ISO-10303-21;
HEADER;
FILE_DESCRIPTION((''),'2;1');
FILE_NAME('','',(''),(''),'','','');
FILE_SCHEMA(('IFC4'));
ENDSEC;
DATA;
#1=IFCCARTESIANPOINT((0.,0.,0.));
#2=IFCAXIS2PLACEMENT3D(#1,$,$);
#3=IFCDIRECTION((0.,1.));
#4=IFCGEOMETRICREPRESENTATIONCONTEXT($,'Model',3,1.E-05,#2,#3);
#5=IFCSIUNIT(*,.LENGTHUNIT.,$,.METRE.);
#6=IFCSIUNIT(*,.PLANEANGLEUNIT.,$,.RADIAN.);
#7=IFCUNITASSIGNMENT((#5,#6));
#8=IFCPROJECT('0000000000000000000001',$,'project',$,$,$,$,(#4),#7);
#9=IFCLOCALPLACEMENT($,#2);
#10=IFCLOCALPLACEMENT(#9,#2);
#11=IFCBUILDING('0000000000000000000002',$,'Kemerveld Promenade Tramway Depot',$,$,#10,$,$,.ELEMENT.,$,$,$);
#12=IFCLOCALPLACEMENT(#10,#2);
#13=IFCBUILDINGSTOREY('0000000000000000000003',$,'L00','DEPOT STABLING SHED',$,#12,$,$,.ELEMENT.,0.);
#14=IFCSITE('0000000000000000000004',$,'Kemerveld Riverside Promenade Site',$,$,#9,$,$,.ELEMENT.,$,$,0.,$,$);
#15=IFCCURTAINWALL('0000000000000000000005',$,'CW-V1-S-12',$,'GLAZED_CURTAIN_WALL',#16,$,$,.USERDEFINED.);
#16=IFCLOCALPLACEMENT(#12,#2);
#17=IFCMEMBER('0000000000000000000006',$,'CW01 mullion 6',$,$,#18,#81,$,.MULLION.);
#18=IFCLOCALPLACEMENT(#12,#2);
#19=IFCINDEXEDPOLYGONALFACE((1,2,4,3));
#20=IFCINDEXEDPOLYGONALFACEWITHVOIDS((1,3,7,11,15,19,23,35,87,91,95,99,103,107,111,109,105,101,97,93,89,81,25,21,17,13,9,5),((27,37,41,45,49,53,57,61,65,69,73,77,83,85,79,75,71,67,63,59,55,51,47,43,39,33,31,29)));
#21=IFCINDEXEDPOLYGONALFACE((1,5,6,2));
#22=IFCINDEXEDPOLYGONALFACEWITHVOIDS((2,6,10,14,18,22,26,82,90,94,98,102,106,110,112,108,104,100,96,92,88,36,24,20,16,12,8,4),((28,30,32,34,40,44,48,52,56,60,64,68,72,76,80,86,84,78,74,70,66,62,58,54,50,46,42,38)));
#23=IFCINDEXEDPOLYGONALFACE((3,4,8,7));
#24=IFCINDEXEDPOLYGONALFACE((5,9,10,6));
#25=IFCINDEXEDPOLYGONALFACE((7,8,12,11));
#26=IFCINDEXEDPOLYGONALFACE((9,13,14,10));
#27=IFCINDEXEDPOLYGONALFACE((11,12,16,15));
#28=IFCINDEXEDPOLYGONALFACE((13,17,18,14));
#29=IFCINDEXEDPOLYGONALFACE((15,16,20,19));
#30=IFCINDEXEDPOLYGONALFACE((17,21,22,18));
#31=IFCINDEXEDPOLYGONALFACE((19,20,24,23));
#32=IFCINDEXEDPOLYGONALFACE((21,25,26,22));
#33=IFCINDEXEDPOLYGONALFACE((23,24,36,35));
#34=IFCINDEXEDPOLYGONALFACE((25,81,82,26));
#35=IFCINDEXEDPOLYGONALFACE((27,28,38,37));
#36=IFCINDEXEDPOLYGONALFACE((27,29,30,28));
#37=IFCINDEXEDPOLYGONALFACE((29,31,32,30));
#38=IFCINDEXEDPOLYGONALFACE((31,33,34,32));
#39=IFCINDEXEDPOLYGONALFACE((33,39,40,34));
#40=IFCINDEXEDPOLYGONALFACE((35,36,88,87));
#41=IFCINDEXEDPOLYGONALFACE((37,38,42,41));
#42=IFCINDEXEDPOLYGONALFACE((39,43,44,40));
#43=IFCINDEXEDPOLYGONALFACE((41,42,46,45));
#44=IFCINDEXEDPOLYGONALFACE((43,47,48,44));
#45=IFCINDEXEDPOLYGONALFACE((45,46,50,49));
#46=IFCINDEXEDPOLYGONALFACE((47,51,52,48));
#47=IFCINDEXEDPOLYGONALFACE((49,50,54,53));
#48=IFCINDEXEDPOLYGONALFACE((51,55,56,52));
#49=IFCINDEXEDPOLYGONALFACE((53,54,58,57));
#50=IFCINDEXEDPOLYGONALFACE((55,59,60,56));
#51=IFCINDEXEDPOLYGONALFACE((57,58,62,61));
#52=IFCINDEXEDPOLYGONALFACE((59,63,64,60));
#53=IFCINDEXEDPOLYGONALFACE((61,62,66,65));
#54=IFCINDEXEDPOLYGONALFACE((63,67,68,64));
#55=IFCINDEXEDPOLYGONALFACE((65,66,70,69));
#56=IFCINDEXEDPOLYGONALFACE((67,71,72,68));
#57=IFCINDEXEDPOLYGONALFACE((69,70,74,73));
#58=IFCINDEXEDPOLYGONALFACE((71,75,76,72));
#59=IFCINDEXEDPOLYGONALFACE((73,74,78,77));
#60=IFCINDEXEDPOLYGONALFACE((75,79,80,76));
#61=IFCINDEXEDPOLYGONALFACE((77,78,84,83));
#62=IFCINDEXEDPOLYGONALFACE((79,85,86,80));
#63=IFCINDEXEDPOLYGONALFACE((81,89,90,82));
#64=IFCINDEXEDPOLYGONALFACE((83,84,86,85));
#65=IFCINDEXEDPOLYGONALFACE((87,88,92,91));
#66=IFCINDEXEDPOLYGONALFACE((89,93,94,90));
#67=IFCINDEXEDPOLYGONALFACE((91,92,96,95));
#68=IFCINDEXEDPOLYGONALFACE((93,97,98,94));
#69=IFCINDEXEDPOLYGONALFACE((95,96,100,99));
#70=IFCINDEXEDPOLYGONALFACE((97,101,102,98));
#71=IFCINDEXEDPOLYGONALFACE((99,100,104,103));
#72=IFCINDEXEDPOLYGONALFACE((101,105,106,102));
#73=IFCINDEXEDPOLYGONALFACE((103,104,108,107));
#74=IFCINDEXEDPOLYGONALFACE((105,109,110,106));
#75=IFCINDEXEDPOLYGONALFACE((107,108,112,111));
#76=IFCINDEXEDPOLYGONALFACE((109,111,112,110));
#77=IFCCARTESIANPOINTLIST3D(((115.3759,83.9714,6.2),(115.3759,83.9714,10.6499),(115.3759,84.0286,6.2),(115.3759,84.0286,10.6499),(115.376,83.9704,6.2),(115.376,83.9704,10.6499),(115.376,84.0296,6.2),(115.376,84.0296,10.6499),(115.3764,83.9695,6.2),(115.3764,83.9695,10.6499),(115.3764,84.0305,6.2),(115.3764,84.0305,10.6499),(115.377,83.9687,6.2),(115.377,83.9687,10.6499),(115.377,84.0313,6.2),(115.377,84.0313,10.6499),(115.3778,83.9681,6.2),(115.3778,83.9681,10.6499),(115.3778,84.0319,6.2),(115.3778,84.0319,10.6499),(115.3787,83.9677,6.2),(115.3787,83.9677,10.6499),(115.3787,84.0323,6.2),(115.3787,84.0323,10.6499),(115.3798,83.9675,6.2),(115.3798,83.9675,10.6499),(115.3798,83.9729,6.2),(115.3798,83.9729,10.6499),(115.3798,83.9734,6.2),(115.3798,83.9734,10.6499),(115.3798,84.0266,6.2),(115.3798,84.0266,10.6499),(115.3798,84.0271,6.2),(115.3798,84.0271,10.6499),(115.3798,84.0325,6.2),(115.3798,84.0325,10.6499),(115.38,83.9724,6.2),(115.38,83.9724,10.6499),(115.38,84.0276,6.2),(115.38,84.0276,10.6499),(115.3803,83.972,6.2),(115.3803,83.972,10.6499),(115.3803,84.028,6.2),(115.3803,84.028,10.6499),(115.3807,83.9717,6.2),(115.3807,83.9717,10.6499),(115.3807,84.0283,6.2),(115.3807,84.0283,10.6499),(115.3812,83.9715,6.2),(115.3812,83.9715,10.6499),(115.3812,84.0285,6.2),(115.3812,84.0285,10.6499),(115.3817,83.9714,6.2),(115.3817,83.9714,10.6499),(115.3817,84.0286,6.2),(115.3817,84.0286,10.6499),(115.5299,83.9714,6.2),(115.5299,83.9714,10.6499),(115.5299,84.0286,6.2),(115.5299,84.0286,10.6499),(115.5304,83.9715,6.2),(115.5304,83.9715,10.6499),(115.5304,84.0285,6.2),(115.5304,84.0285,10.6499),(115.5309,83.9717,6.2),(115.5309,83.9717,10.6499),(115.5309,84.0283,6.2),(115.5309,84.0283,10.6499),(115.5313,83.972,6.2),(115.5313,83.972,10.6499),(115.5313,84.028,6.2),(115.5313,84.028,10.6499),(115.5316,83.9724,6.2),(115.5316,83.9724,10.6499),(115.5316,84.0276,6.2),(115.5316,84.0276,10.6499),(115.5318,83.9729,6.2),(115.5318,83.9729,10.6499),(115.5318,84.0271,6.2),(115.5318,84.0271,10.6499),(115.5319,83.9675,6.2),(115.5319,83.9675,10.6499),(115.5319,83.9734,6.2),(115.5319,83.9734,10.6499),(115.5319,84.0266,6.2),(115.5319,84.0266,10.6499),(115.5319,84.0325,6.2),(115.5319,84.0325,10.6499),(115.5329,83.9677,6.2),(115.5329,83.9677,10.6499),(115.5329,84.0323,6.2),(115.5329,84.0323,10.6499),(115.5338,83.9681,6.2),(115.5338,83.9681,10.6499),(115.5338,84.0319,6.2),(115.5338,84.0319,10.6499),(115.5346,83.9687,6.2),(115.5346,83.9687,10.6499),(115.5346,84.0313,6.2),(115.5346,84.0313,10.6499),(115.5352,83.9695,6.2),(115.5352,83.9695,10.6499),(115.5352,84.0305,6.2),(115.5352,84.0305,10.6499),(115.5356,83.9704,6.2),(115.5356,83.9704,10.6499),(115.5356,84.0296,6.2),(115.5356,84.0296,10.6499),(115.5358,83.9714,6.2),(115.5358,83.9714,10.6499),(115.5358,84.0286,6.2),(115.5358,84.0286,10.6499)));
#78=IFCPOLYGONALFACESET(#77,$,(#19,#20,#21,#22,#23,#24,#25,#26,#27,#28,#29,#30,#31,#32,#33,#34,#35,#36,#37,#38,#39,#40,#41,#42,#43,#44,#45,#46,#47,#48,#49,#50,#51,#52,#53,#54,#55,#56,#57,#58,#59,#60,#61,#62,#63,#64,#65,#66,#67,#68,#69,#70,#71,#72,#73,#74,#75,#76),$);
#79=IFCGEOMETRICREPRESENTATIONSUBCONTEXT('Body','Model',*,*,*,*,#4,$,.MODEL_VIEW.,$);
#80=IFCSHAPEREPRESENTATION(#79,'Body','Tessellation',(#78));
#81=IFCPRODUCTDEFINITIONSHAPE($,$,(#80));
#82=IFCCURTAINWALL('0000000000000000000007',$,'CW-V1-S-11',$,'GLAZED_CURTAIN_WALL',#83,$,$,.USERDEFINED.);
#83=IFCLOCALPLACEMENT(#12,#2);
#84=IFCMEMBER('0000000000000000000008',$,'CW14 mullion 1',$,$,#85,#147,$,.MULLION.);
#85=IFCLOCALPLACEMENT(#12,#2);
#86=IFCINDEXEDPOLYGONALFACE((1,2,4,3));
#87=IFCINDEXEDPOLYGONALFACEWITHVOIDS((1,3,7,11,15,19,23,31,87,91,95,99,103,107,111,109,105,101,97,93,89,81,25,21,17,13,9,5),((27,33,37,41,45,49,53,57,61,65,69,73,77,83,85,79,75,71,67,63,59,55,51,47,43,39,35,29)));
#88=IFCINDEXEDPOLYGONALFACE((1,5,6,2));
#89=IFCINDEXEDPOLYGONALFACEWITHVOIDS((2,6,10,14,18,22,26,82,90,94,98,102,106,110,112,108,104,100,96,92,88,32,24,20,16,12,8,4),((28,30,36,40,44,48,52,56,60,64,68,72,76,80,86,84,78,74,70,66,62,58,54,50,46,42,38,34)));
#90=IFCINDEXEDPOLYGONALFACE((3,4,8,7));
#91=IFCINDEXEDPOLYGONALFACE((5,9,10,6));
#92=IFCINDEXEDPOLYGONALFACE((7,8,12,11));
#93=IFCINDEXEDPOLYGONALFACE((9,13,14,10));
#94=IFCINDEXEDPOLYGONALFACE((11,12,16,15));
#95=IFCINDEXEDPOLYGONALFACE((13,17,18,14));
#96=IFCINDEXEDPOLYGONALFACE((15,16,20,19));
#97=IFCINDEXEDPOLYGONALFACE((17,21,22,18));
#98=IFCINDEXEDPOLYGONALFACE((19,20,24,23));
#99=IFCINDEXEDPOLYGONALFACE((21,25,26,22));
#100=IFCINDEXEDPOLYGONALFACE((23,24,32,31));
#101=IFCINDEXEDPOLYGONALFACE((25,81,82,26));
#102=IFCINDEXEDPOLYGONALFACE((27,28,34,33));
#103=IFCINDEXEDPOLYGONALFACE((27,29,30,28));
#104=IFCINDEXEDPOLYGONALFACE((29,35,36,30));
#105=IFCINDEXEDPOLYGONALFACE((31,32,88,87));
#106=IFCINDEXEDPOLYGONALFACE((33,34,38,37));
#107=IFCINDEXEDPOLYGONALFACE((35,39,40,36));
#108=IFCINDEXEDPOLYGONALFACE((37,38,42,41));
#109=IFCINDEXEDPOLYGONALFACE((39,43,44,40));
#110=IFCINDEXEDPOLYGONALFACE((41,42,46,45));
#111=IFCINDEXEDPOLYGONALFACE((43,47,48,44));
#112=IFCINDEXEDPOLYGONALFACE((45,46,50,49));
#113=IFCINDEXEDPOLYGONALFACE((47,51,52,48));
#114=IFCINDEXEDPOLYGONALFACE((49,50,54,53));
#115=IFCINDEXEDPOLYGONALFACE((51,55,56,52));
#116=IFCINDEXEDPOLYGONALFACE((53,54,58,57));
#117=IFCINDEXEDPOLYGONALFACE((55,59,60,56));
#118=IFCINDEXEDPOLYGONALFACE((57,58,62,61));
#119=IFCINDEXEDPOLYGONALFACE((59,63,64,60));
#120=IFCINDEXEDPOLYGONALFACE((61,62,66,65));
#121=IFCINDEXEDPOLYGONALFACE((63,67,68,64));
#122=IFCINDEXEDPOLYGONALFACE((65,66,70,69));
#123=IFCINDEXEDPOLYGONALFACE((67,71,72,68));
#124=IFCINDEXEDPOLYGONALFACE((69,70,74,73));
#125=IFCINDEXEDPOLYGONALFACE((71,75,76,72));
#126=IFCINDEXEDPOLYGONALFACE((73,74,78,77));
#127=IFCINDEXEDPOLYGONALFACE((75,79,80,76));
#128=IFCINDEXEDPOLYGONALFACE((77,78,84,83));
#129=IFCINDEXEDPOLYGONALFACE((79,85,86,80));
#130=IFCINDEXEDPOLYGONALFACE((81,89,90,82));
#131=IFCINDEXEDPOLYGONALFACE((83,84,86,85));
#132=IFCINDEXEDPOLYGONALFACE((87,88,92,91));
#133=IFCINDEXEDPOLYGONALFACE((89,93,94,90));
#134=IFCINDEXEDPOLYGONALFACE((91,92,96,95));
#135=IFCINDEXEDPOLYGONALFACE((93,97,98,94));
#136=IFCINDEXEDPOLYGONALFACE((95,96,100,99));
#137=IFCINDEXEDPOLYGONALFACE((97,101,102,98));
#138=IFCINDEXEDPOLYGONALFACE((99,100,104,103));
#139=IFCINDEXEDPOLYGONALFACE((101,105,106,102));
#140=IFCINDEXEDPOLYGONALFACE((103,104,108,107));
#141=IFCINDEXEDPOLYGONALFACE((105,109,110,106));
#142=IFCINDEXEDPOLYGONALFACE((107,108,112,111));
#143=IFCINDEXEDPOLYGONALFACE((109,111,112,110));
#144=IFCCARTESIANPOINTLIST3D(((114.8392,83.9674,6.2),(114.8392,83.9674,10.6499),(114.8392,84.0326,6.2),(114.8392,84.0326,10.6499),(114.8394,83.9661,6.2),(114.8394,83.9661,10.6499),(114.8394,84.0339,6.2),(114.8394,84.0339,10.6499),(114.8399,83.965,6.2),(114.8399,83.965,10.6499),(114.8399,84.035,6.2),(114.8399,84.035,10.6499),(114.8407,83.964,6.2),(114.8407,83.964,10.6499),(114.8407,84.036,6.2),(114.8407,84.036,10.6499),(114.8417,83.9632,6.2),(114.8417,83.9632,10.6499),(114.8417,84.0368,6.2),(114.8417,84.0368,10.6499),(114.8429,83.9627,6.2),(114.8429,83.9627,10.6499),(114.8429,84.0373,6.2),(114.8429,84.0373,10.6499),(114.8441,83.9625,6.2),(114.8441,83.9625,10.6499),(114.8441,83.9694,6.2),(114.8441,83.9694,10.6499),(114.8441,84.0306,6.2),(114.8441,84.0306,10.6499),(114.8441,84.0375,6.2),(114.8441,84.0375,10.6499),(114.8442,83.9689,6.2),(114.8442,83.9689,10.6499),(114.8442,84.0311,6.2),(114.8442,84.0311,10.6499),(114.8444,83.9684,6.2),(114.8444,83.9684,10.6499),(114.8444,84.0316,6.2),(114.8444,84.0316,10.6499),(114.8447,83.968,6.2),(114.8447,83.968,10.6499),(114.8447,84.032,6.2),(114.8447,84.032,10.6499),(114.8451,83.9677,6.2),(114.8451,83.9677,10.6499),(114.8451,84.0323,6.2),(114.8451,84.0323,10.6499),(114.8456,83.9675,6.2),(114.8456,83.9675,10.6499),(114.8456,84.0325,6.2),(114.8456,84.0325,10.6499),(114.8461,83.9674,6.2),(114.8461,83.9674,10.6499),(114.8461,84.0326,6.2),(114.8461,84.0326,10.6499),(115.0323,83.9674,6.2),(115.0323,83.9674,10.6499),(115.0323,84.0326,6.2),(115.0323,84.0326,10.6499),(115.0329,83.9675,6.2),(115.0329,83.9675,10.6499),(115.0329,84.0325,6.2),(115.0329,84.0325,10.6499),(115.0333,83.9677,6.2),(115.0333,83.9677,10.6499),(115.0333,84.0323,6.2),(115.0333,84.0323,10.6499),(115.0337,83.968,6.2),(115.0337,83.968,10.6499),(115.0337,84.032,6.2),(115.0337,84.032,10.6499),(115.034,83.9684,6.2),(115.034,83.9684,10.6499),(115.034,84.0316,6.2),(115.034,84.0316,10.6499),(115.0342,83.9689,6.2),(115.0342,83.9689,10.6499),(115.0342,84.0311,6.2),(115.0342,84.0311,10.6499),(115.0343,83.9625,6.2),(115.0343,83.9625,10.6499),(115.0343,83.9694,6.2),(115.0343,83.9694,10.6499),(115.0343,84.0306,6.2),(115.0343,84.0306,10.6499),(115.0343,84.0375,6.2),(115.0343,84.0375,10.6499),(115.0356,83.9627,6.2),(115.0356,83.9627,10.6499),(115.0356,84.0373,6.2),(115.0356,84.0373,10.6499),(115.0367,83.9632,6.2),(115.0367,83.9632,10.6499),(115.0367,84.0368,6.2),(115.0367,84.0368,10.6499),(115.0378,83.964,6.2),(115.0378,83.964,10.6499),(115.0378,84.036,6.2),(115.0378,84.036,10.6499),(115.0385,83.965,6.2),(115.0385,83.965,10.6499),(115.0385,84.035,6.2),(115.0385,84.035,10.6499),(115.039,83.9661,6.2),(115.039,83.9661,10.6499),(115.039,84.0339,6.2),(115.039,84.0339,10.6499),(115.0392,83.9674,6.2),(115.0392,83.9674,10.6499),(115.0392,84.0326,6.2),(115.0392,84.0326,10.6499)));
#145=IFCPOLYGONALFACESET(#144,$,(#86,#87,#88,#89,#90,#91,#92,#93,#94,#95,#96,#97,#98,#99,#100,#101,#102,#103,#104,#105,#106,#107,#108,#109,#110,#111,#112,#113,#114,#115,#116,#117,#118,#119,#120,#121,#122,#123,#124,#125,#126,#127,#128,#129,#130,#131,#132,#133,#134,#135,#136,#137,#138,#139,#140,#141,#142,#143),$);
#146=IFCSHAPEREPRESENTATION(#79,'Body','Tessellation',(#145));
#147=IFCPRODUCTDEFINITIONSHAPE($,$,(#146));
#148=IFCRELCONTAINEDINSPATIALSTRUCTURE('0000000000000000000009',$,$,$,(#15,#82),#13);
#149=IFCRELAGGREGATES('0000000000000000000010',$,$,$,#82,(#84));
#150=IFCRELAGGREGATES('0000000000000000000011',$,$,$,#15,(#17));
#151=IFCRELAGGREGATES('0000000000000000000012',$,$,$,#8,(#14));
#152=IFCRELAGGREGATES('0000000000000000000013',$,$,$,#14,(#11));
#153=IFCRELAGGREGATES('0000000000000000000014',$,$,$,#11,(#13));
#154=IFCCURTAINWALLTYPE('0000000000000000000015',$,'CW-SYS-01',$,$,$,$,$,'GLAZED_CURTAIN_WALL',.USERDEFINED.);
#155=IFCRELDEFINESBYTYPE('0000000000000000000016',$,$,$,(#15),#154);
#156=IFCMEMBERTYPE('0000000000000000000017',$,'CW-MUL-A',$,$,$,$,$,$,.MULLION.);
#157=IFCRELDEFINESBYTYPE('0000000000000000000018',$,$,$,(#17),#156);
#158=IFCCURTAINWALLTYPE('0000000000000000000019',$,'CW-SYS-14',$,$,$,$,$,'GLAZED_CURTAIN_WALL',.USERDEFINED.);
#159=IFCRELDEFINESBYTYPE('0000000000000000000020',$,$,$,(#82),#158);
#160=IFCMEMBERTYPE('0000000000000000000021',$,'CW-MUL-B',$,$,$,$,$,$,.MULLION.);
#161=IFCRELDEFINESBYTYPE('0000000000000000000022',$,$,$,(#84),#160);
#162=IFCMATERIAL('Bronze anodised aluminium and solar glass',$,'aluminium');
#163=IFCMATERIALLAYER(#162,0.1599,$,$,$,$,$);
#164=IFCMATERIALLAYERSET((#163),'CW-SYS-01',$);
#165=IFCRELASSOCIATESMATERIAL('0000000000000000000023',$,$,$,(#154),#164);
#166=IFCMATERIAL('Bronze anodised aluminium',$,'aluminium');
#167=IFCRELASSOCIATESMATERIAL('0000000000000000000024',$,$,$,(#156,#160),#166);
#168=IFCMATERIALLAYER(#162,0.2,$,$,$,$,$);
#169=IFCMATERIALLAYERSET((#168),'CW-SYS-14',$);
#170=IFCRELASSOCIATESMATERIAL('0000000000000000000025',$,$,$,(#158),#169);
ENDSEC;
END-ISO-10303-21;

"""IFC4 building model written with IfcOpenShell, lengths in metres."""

from ifc_helpers import new_model, si_unit, direction, frame, origin, origin_2d, place, context, subcontext, project, spatial, hollow_rectangle, extrude, material, layer, layer_set, material_profile, profile_set, type_object, element, aggregate, save


model = new_model("IFC4")

# Units and contexts
model_context = context("Model", 3, precision=1e-05, world=origin(), true_north=direction((0.0, 1.0)))
body_context = subcontext(model_context, "Body", "Model", "MODEL_VIEW")
ifc_project = project(units=[si_unit("LENGTHUNIT", "METRE"), si_unit("PLANEANGLEUNIT", "RADIAN")], contexts=[model_context])

# Site, building, storey
site_placement = place(None, origin())
site = spatial("IfcSite", under=ifc_project, at=site_placement, Name="Kemerveld Riverside Promenade Site", CompositionType="ELEMENT", RefElevation=0.0)
building_placement = place(site_placement, origin())
building = spatial("IfcBuilding", under=site, at=building_placement, Name="Kemerveld Promenade Tramway Depot", CompositionType="ELEMENT")
storey_placement = place(building_placement, origin())
storey = spatial("IfcBuildingStorey", under=building, at=storey_placement, Name="L00", Description="DEPOT STABLING SHED", CompositionType="ELEMENT", Elevation=0.0)

# Curtain walls, members
ifc_material_1 = material(Name="Bronze anodised aluminium and solar glass", Category="aluminium")
ifc_layer_1 = layer(ifc_material_1, 0.1599)
ifc_layer_set_1 = layer_set([ifc_layer_1], Name="CW-SYS-01")
curtain_wall_type_1 = type_object("IfcCurtainWallType", Name="CW-SYS-01", ElementType="GLAZED_CURTAIN_WALL", PredefinedType="USERDEFINED", material=ifc_layer_set_1)
curtain_wall_1_placement = place(storey_placement, origin())
curtain_wall_1 = element("IfcCurtainWall", 1, at=curtain_wall_1_placement, inside=storey, type_object=curtain_wall_type_1, Name="CW-V1-S-12", ObjectType="GLAZED_CURTAIN_WALL", PredefinedType="USERDEFINED")
ifc_material_2 = material(Name="Bronze anodised aluminium", Category="aluminium")
ifc_material_profile_1 = material_profile(ifc_material_2, hollow_rectangle(XDim=0.0649, YDim=0.1599, WallThickness=0.0039, InnerFilletRadius=0.002, OuterFilletRadius=0.0039, at=origin_2d()), Name="CW-MUL-160x65")
ifc_profile_set_1 = profile_set([ifc_material_profile_1], Name="Bronze anodised aluminium")
member_type_1 = type_object("IfcMemberType", Name="CW-MUL-A", PredefinedType="MULLION", material=ifc_profile_set_1)
member_1_placement = place(storey_placement, frame((115.4558, 84.0, 6.2), z_axis=(0.0, 0.0, 1.0), x_axis=(0.0, -1.0, 0.0)))
member_1 = element("IfcMember", 2, at=member_1_placement, type_object=member_type_1, Name="CW01 mullion 6", PredefinedType="MULLION", context=body_context, shape_type="SweptSolid", body=[
    extrude(hollow_rectangle(XDim=0.0649, YDim=0.1599, WallThickness=0.0039, InnerFilletRadius=0.002, OuterFilletRadius=0.0039, at=origin_2d()), origin(), (0.0, 0.0, 1.0), 4.45),
])
ifc_layer_2 = layer(ifc_material_1, 0.2)
ifc_layer_set_2 = layer_set([ifc_layer_2], Name="CW-SYS-14")
curtain_wall_type_2 = type_object("IfcCurtainWallType", Name="CW-SYS-14", ElementType="GLAZED_CURTAIN_WALL", PredefinedType="USERDEFINED", material=ifc_layer_set_2)
curtain_wall_2_placement = place(storey_placement, origin())
curtain_wall_2 = element("IfcCurtainWall", 3, at=curtain_wall_2_placement, inside=storey, type_object=curtain_wall_type_2, Name="CW-V1-S-11", ObjectType="GLAZED_CURTAIN_WALL", PredefinedType="USERDEFINED")
ifc_material_profile_2 = material_profile(ifc_material_2, hollow_rectangle(XDim=0.075, YDim=0.2, WallThickness=0.0049, InnerFilletRadius=0.002, OuterFilletRadius=0.0049, at=origin_2d()), Name="CW-MUL-200x75")
ifc_profile_set_2 = profile_set([ifc_material_profile_2], Name="Bronze anodised aluminium")
member_type_2 = type_object("IfcMemberType", Name="CW-MUL-B", PredefinedType="MULLION", material=ifc_profile_set_2)
member_2_placement = place(storey_placement, frame((114.9392, 84.0, 6.2), z_axis=(0.0, 0.0, 1.0), x_axis=(0.0, -1.0, 0.0)))
member_2 = element("IfcMember", 4, at=member_2_placement, type_object=member_type_2, Name="CW14 mullion 1", PredefinedType="MULLION", context=body_context, shape_type="SweptSolid", body=[
    extrude(hollow_rectangle(XDim=0.075, YDim=0.2, WallThickness=0.0049, InnerFilletRadius=0.002, OuterFilletRadius=0.0049, at=origin_2d()), origin(), (0.0, 0.0, 1.0), 4.45),
])

aggregate(curtain_wall_2, [member_2])
aggregate(curtain_wall_1, [member_1])

save(model, "model.ifc")
